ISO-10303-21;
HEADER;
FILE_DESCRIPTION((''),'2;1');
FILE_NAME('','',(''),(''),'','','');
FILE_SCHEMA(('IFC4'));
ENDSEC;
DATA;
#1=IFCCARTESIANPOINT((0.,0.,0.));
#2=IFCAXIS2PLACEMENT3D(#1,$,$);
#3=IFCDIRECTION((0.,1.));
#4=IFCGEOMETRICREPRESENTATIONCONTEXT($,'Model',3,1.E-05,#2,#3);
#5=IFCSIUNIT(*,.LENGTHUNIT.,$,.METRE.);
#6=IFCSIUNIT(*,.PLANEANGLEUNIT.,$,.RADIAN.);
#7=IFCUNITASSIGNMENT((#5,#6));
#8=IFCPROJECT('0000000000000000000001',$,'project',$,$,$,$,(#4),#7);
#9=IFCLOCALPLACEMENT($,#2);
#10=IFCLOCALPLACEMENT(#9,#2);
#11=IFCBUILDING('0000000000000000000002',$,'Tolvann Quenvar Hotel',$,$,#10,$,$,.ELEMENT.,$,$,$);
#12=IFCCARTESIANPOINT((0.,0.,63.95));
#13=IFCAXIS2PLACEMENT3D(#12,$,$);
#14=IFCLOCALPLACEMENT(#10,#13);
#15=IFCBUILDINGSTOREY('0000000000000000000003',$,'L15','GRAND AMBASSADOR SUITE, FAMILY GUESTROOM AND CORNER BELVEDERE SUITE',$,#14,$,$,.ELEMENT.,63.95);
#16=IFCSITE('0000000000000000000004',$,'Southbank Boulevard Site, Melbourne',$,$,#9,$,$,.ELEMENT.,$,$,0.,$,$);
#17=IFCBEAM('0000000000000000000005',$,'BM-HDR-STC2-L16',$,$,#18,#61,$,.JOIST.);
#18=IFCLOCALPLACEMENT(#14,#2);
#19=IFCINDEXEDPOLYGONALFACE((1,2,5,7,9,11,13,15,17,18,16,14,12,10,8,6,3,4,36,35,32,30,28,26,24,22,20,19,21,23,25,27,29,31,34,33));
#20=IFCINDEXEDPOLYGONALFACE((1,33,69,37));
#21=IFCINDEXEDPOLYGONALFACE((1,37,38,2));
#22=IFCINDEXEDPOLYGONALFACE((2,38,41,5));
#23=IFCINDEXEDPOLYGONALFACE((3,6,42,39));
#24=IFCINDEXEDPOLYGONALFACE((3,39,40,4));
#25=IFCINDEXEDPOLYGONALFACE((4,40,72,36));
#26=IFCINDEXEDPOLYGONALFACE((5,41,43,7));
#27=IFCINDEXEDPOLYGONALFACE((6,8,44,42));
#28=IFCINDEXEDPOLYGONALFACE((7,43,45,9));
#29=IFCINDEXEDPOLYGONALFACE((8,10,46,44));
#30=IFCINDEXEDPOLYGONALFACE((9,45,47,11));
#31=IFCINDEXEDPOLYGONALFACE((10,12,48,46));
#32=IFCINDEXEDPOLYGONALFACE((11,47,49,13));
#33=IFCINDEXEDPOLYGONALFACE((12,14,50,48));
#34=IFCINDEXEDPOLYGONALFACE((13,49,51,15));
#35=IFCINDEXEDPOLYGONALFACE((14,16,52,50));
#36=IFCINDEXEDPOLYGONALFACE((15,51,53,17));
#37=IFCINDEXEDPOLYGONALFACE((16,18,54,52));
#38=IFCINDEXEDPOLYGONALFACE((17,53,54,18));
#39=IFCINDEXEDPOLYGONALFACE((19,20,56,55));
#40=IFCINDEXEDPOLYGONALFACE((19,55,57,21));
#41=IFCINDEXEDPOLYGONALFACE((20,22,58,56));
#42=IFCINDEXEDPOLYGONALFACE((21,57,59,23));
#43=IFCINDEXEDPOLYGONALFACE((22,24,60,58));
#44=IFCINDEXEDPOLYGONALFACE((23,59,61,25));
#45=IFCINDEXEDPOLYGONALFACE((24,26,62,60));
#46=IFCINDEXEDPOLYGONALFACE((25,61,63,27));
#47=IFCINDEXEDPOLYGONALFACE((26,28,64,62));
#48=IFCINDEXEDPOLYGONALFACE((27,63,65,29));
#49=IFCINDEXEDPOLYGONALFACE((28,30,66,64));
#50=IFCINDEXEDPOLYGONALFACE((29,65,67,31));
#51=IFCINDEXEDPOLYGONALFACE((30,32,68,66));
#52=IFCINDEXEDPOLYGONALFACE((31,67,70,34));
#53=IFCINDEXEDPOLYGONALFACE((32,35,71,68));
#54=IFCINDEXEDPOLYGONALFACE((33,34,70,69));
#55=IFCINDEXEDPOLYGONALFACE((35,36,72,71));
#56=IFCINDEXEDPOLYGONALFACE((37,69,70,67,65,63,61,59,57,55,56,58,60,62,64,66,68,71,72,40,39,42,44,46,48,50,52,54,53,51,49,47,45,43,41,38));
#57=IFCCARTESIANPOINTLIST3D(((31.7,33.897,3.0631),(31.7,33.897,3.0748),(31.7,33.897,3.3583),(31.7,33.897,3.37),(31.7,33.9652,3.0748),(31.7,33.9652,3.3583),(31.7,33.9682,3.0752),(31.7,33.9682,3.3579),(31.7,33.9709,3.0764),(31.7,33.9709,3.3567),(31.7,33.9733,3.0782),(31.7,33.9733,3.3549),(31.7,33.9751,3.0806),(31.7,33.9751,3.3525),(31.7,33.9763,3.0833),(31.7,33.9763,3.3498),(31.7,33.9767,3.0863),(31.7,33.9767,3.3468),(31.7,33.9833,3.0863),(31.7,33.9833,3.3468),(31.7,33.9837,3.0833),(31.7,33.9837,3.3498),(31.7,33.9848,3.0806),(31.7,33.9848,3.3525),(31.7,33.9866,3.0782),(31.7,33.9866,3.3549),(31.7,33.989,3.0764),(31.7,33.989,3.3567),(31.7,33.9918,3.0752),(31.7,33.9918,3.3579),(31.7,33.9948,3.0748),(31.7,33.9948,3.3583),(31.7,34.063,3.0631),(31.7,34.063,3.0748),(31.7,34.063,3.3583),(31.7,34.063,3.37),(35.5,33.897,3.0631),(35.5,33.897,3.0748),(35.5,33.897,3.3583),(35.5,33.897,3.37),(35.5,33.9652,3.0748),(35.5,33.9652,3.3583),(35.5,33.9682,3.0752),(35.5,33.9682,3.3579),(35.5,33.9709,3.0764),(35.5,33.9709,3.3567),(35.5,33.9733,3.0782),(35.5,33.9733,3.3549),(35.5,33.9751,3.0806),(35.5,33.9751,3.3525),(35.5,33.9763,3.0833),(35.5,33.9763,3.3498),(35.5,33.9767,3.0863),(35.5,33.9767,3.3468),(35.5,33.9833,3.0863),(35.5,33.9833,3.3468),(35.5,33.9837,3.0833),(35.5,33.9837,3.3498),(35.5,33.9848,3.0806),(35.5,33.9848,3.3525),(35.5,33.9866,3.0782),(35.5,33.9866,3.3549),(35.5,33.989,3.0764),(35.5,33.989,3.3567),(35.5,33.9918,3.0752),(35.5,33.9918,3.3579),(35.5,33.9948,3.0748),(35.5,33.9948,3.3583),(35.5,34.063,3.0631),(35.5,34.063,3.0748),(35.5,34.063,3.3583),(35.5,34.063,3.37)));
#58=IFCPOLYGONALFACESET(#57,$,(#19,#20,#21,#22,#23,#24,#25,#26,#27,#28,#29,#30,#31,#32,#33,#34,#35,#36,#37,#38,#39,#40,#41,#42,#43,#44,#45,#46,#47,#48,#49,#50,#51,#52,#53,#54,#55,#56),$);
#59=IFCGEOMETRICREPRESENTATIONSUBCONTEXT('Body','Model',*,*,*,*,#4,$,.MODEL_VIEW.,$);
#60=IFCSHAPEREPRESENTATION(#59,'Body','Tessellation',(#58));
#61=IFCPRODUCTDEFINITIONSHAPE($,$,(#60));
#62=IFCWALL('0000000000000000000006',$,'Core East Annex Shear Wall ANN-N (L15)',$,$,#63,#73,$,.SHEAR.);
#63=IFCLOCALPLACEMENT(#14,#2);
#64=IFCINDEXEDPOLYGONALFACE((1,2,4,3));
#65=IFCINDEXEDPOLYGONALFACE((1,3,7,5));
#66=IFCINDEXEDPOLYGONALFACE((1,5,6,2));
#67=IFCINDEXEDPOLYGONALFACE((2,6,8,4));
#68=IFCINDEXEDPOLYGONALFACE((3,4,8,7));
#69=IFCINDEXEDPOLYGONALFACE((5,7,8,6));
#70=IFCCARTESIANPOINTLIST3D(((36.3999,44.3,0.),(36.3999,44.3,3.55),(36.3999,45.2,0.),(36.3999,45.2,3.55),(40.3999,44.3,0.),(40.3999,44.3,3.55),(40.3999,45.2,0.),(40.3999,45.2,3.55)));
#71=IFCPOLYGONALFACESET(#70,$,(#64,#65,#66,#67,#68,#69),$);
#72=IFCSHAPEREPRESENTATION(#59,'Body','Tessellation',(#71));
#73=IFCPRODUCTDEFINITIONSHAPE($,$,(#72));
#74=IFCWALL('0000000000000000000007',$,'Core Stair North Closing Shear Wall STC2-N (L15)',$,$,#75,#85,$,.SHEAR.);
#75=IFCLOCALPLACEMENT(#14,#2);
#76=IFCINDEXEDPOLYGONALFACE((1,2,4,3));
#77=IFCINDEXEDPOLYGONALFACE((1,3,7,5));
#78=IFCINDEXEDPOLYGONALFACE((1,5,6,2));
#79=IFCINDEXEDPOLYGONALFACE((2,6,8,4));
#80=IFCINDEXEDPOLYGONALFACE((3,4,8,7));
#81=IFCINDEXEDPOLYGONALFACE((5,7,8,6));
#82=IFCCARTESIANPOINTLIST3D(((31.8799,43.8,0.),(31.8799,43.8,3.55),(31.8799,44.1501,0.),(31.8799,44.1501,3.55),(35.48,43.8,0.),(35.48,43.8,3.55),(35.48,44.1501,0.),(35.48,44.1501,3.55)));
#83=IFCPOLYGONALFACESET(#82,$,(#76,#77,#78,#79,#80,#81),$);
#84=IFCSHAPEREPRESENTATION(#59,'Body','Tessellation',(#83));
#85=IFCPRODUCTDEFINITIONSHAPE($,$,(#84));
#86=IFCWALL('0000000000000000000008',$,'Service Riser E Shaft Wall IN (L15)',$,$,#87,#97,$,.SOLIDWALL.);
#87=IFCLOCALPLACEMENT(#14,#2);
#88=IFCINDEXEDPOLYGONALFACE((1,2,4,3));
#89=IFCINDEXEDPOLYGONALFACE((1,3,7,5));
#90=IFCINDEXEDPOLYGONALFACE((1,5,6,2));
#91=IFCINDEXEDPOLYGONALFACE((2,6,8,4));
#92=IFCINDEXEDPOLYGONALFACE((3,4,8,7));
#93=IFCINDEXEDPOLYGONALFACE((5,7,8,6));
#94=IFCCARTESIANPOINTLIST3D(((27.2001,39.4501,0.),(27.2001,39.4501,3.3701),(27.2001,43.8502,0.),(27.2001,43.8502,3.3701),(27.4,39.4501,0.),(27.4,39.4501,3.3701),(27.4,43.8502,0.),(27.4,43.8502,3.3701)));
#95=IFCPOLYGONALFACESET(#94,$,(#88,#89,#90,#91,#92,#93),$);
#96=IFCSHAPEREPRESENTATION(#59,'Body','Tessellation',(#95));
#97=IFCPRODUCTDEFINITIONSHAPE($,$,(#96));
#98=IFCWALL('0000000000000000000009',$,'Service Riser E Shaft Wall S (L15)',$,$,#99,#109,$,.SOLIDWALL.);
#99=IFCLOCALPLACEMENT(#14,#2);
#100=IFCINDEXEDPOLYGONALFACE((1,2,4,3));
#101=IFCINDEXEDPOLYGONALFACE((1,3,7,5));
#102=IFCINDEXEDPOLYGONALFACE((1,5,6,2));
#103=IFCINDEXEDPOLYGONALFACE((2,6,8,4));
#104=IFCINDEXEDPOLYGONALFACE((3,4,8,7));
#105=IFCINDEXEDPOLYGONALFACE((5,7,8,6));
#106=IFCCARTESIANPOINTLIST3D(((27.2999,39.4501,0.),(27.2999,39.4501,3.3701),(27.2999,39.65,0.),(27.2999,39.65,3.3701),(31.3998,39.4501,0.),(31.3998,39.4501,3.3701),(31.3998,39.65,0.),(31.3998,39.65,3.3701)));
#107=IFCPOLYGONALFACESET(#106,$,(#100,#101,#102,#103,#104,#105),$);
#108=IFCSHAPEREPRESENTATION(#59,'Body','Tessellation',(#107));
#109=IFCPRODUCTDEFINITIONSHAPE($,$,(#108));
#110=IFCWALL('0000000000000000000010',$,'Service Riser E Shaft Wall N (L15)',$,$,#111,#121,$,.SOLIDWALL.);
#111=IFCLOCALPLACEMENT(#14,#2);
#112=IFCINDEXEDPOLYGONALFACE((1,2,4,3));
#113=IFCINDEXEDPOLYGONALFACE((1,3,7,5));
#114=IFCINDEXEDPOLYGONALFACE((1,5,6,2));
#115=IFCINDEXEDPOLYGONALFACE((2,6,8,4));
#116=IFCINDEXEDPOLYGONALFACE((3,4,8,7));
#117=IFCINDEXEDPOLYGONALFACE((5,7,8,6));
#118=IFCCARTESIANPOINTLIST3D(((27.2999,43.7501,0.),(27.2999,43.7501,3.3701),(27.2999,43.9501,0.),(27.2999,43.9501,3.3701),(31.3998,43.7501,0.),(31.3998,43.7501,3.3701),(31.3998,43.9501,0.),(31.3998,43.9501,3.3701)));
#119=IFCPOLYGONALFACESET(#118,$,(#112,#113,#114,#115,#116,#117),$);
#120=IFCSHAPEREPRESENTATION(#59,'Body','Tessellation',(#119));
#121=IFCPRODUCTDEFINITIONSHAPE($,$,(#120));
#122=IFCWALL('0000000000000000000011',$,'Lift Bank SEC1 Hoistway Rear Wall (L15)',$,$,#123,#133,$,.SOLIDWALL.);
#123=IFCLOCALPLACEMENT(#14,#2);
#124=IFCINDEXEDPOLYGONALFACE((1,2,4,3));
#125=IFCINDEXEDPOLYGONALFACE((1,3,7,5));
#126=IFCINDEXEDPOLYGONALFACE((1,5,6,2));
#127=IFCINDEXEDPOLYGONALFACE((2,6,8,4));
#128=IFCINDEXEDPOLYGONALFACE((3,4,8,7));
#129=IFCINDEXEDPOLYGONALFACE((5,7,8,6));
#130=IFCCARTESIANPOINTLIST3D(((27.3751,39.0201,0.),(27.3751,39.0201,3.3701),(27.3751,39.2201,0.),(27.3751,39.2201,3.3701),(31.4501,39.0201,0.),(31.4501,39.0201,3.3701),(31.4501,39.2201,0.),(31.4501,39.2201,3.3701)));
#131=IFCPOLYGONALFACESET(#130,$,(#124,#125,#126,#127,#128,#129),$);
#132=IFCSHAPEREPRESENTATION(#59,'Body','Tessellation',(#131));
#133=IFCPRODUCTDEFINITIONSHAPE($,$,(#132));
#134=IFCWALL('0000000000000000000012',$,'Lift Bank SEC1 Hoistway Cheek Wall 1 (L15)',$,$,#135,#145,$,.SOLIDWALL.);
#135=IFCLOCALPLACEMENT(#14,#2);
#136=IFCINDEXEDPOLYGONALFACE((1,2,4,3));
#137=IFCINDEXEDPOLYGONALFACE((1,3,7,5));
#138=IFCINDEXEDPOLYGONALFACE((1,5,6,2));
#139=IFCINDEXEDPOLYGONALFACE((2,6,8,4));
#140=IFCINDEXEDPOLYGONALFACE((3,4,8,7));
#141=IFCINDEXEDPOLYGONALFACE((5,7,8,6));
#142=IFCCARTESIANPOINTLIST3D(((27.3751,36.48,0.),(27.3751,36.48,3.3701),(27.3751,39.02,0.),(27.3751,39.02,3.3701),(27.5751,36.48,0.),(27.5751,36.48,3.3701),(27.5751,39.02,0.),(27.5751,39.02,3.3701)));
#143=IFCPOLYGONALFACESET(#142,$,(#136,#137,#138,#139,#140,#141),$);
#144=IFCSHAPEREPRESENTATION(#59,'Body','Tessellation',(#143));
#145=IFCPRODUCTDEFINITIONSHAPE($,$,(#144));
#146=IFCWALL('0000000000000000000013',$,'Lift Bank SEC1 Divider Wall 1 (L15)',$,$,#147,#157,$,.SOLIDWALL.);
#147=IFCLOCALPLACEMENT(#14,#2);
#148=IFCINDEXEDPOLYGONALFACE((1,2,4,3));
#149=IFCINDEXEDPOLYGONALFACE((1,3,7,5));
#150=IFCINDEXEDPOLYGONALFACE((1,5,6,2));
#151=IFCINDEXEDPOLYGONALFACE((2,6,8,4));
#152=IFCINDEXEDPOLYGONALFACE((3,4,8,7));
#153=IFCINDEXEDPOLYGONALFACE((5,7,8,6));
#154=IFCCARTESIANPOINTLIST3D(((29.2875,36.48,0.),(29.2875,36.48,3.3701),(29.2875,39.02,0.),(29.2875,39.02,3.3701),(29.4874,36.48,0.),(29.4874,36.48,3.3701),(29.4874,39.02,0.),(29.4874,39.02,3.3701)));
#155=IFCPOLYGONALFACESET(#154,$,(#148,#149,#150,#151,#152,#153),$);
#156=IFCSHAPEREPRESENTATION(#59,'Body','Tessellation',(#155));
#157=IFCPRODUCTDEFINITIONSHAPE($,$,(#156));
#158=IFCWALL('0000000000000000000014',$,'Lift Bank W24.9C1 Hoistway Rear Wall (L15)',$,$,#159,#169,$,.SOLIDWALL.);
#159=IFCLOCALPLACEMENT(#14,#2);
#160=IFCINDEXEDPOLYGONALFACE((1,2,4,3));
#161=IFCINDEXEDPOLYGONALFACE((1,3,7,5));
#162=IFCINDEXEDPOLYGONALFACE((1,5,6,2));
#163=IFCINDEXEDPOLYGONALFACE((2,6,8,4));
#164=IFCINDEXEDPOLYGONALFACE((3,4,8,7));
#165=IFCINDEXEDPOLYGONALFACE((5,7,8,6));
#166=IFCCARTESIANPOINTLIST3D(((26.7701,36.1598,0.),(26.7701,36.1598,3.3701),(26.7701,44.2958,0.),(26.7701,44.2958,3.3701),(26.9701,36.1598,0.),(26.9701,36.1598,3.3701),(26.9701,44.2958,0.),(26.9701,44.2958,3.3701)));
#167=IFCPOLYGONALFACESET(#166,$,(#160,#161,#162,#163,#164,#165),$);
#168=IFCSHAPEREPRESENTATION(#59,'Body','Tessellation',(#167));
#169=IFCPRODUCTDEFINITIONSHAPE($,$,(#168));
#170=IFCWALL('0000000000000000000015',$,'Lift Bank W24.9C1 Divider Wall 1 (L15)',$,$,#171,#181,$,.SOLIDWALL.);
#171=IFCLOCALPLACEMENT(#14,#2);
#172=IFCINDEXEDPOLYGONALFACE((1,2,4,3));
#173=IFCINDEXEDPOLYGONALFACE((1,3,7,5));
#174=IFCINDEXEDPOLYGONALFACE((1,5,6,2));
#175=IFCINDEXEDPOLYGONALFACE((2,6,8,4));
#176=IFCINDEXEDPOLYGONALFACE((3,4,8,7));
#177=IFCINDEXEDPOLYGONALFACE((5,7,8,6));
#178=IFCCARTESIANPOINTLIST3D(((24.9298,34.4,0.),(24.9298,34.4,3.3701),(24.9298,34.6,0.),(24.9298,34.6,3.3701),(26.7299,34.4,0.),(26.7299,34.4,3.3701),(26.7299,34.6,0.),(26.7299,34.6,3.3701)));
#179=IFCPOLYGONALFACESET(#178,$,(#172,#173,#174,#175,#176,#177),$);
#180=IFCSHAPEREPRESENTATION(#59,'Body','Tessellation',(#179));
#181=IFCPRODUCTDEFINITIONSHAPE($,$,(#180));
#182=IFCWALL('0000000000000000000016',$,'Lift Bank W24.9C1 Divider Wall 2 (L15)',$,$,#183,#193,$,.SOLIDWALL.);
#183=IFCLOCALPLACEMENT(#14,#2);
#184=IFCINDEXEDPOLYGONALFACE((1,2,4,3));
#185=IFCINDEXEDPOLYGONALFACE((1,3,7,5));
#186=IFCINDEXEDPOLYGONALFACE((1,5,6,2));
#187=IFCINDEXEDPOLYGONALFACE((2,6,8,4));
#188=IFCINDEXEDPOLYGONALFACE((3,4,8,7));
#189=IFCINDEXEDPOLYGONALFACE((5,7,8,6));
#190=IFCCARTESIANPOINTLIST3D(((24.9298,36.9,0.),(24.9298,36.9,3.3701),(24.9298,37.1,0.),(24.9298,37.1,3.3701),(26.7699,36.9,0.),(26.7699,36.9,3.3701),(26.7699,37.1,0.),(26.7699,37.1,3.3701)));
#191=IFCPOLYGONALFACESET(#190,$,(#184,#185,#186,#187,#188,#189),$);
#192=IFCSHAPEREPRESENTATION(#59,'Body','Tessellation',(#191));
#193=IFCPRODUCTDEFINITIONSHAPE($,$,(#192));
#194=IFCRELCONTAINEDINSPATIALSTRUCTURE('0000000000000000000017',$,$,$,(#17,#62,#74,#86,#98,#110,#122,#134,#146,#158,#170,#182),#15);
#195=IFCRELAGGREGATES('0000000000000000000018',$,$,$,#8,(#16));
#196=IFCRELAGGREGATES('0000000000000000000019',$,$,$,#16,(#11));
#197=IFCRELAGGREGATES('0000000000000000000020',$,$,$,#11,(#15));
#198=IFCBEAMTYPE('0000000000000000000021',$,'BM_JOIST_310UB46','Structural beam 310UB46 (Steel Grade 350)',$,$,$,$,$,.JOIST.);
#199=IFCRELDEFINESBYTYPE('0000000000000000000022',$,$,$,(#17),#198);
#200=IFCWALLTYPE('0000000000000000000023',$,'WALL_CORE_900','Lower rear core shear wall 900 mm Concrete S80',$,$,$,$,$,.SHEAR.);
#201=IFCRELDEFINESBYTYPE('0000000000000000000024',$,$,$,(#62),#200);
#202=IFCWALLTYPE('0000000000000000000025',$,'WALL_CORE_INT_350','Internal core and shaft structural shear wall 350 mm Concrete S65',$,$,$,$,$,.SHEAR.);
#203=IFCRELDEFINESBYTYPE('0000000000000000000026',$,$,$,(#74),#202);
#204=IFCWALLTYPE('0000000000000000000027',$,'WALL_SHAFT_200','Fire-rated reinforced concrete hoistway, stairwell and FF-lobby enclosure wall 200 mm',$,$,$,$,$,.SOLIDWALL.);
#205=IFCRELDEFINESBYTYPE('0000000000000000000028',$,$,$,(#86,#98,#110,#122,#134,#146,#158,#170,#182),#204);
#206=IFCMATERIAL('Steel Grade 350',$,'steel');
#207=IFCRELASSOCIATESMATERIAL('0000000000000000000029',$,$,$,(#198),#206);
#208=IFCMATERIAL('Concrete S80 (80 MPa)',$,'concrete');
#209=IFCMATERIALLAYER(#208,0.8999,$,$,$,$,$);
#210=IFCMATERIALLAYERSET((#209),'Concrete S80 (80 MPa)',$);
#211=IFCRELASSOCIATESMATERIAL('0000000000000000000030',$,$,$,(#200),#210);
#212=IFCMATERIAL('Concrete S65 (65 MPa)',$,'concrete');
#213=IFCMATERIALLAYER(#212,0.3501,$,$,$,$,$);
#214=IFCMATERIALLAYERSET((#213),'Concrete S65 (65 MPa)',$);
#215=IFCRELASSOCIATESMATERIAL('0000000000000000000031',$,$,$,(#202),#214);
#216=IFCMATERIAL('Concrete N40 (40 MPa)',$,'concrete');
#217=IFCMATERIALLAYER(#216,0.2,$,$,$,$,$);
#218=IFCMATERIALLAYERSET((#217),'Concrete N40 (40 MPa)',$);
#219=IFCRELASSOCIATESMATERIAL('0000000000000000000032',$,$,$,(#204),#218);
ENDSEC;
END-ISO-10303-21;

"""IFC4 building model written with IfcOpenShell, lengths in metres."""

from ifc_helpers import new_model, si_unit, direction, frame, frame_2d, origin, origin_2d, place, context, subcontext, project, spatial, rectangle, i_section, extrude, source, transform, mapped, material, layer, layer_set, material_profile, profile_set, type_object, type_shapes, element, save


model = new_model("IFC4")

# Units and contexts
model_context = context("Model", 3, precision=1e-05, world=origin(), true_north=direction((0.0, 1.0)))
body_context = subcontext(model_context, "Body", "Model", "MODEL_VIEW")
ifc_project = project(units=[si_unit("LENGTHUNIT", "METRE"), si_unit("PLANEANGLEUNIT", "RADIAN")], contexts=[model_context])

# Site, building, storey
site_placement = place(None, origin())
site = spatial("IfcSite", under=ifc_project, at=site_placement, Name="Southbank Boulevard Site, Melbourne", CompositionType="ELEMENT", RefElevation=0.0)
building_placement = place(site_placement, origin())
building = spatial("IfcBuilding", under=site, at=building_placement, Name="Tolvann Quenvar Hotel", CompositionType="ELEMENT")
storey_placement = place(building_placement, frame((0.0, 0.0, 63.95)))
storey = spatial("IfcBuildingStorey", under=building, at=storey_placement, Name="L15", Description="GRAND AMBASSADOR SUITE, FAMILY GUESTROOM AND CORNER BELVEDERE SUITE", CompositionType="ELEMENT", Elevation=63.95)

# Beam
ifc_material_1 = material(Name="Steel Grade 350", Category="steel")
ifc_material_profile = material_profile(ifc_material_1, i_section(OverallWidth=0.166, OverallDepth=0.3069, WebThickness=0.0066, FlangeThickness=0.0117, FilletRadius=0.0115, at=origin_2d()), Name="310UB46")
ifc_profile_set = profile_set([ifc_material_profile], Name="Steel Grade 350")
beam_type = type_object("IfcBeamType", Name="BM_JOIST_310UB46", Description="Structural beam 310UB46 (Steel Grade 350)", PredefinedType="JOIST", material=ifc_profile_set)
shared_shape_1 = source(origin(), body_context, "Body", "SweptSolid", [
    extrude(i_section(OverallWidth=0.166, OverallDepth=0.3069, WebThickness=0.0066, FlangeThickness=0.0117, FilletRadius=0.0115, at=origin_2d()), origin(), (0.0, 0.0, 1.0), 3.8),
])
type_shapes(beam_type, [shared_shape_1])
beam_placement = place(storey_placement, frame((31.7, 33.98, 3.2166), z_axis=(1.0, 0.0, 0.0), x_axis=(0.0, 1.0, 0.0)))
element("IfcBeam", 1, at=beam_placement, inside=storey, type_object=beam_type, Name="BM-HDR-STC2-L16", PredefinedType="JOIST", context=body_context, shape_type="MappedRepresentation", body=[
    mapped(shared_shape_1, transform((0.0, 0.0, 0.0), x_axis=(1.0, 0.0, 0.0), y_axis=(0.0, 1.0, 0.0), z_axis=(0.0, 0.0, 1.0), scale=1.0)),
])

# Walls
ifc_material_2 = material(Name="Concrete S80 (80 MPa)", Category="concrete")
ifc_layer_1 = layer(ifc_material_2, 0.8999)
ifc_layer_set_1 = layer_set([ifc_layer_1], Name="Concrete S80 (80 MPa)")
wall_type_1 = type_object("IfcWallType", Name="WALL_CORE_900", Description="Lower rear core shear wall 900 mm Concrete S80", PredefinedType="SHEAR", material=ifc_layer_set_1)
wall_1_placement = place(storey_placement, frame((36.3999, 44.75, 0.0), z_axis=(0.0, 0.0, 1.0), x_axis=(1.0, 0.0, 0.0)))
element("IfcWall", 2, at=wall_1_placement, inside=storey, type_object=wall_type_1, Name="Core East Annex Shear Wall ANN-N (L15)", PredefinedType="SHEAR", context=body_context, shape_type="SweptSolid", body=[
    extrude(rectangle(XDim=4.0, YDim=0.8999, at=frame_2d((2.0, 0.0))), origin(), (0.0, 0.0, 1.0), 3.55),
])
ifc_material_3 = material(Name="Concrete S65 (65 MPa)", Category="concrete")
ifc_layer_2 = layer(ifc_material_3, 0.3501)
ifc_layer_set_2 = layer_set([ifc_layer_2], Name="Concrete S65 (65 MPa)")
wall_type_2 = type_object("IfcWallType", Name="WALL_CORE_INT_350", Description="Internal core and shaft structural shear wall 350 mm Concrete S65", PredefinedType="SHEAR", material=ifc_layer_set_2)
wall_2_placement = place(storey_placement, frame((31.8799, 43.9751, 0.0), z_axis=(0.0, 0.0, 1.0), x_axis=(1.0, 0.0, 0.0)))
element("IfcWall", 3, at=wall_2_placement, inside=storey, type_object=wall_type_2, Name="Core Stair North Closing Shear Wall STC2-N (L15)", PredefinedType="SHEAR", context=body_context, shape_type="SweptSolid", body=[
    extrude(rectangle(XDim=3.6001, YDim=0.3501, at=frame_2d((1.8, 0.0))), origin(), (0.0, 0.0, 1.0), 3.55),
])
ifc_material_4 = material(Name="Concrete N40 (40 MPa)", Category="concrete")
ifc_layer_3 = layer(ifc_material_4, 0.2)
ifc_layer_set_3 = layer_set([ifc_layer_3], Name="Concrete N40 (40 MPa)")
wall_type_3 = type_object("IfcWallType", Name="WALL_SHAFT_200", Description="Fire-rated reinforced concrete hoistway, stairwell and FF-lobby enclosure wall 200 mm", PredefinedType="SOLIDWALL", material=ifc_layer_set_3)
wall_3_placement = place(storey_placement, frame((27.3, 39.45, 0.0), z_axis=(0.0, 0.0, 1.0), x_axis=(0.0, 1.0, 0.0)))
element("IfcWall", 4, at=wall_3_placement, inside=storey, type_object=wall_type_3, Name="Service Riser E Shaft Wall IN (L15)", PredefinedType="SOLIDWALL", context=body_context, shape_type="SweptSolid", body=[
    extrude(rectangle(XDim=4.4001, YDim=0.2, at=frame_2d((2.2002, 0.0))), origin(), (0.0, 0.0, 1.0), 3.3701),
])
for number, where, z_axis, x_axis, name in (
    (5, (27.3, 39.55, 0.0), (0.0, 0.0, 1.0), (1.0, 0.0, 0.0), "Service Riser E Shaft Wall S (L15)"),
    (6, (27.3, 43.8501, 0.0), (0.0, 0.0, 1.0), (1.0, 0.0, 0.0), "Service Riser E Shaft Wall N (L15)"),
):
    element("IfcWall", number, at=place(storey_placement, frame(where, z_axis=z_axis, x_axis=x_axis)), inside=storey, type_object=wall_type_3, Name=name, PredefinedType="SOLIDWALL", context=body_context, shape_type="SweptSolid", body=[
        extrude(rectangle(XDim=4.0999, YDim=0.2, at=frame_2d((2.0498, 0.0))), origin(), (0.0, 0.0, 1.0), 3.3701),
    ])

# Walls
wall_4_placement = place(storey_placement, frame((27.375, 39.1201, 0.0), z_axis=(0.0, 0.0, 1.0), x_axis=(1.0, 0.0, 0.0)))
element("IfcWall", 7, at=wall_4_placement, inside=storey, type_object=wall_type_3, Name="Lift Bank SEC1 Hoistway Rear Wall (L15)", PredefinedType="SOLIDWALL", context=body_context, shape_type="SweptSolid", body=[
    extrude(rectangle(XDim=4.075, YDim=0.2, at=frame_2d((2.0376, 0.0))), origin(), (0.0, 0.0, 1.0), 3.3701),
])
for number, where, z_axis, x_axis, name in (
    (8, (27.4751, 36.48, 0.0), (0.0, 0.0, 1.0), (0.0, 1.0, 0.0), "Lift Bank SEC1 Hoistway Cheek Wall 1 (L15)"),
    (9, (29.3875, 36.48, 0.0), (0.0, 0.0, 1.0), (0.0, 1.0, 0.0), "Lift Bank SEC1 Divider Wall 1 (L15)"),
):
    element("IfcWall", number, at=place(storey_placement, frame(where, z_axis=z_axis, x_axis=x_axis)), inside=storey, type_object=wall_type_3, Name=name, PredefinedType="SOLIDWALL", context=body_context, shape_type="SweptSolid", body=[
        extrude(rectangle(XDim=2.54, YDim=0.2, at=frame_2d((1.27, 0.0))), origin(), (0.0, 0.0, 1.0), 3.3701),
    ])
wall_5_placement = place(storey_placement, frame((26.8701, 36.1599, 0.0), z_axis=(0.0, 0.0, 1.0), x_axis=(0.0, 1.0, 0.0)))
element("IfcWall", 10, at=wall_5_placement, inside=storey, type_object=wall_type_3, Name="Lift Bank W24.9C1 Hoistway Rear Wall (L15)", PredefinedType="SOLIDWALL", context=body_context, shape_type="SweptSolid", body=[
    extrude(rectangle(XDim=8.136, YDim=0.2, at=frame_2d((4.0679, 0.0))), origin(), (0.0, 0.0, 1.0), 3.3701),
])
wall_6_placement = place(storey_placement, frame((24.9299, 34.5, 0.0), z_axis=(0.0, 0.0, 1.0), x_axis=(1.0, 0.0, 0.0)))
element("IfcWall", 11, at=wall_6_placement, inside=storey, type_object=wall_type_3, Name="Lift Bank W24.9C1 Divider Wall 1 (L15)", PredefinedType="SOLIDWALL", context=body_context, shape_type="SweptSolid", body=[
    extrude(rectangle(XDim=1.8, YDim=0.2, at=frame_2d((0.8999, 0.0))), origin(), (0.0, 0.0, 1.0), 3.3701),
])
for number, where, z_axis, x_axis, name in (
    (12, (24.9299, 37.0, 0.0), (0.0, 0.0, 1.0), (1.0, 0.0, 0.0), "Lift Bank W24.9C1 Divider Wall 2 (L15)"),
):
    element("IfcWall", number, at=place(storey_placement, frame(where, z_axis=z_axis, x_axis=x_axis)), inside=storey, type_object=wall_type_3, Name=name, PredefinedType="SOLIDWALL", context=body_context, shape_type="SweptSolid", body=[
        extrude(rectangle(XDim=1.8401, YDim=0.2, at=frame_2d((0.9199, 0.0))), origin(), (0.0, 0.0, 1.0), 3.3701),
    ])

save(model, "model.ifc")
